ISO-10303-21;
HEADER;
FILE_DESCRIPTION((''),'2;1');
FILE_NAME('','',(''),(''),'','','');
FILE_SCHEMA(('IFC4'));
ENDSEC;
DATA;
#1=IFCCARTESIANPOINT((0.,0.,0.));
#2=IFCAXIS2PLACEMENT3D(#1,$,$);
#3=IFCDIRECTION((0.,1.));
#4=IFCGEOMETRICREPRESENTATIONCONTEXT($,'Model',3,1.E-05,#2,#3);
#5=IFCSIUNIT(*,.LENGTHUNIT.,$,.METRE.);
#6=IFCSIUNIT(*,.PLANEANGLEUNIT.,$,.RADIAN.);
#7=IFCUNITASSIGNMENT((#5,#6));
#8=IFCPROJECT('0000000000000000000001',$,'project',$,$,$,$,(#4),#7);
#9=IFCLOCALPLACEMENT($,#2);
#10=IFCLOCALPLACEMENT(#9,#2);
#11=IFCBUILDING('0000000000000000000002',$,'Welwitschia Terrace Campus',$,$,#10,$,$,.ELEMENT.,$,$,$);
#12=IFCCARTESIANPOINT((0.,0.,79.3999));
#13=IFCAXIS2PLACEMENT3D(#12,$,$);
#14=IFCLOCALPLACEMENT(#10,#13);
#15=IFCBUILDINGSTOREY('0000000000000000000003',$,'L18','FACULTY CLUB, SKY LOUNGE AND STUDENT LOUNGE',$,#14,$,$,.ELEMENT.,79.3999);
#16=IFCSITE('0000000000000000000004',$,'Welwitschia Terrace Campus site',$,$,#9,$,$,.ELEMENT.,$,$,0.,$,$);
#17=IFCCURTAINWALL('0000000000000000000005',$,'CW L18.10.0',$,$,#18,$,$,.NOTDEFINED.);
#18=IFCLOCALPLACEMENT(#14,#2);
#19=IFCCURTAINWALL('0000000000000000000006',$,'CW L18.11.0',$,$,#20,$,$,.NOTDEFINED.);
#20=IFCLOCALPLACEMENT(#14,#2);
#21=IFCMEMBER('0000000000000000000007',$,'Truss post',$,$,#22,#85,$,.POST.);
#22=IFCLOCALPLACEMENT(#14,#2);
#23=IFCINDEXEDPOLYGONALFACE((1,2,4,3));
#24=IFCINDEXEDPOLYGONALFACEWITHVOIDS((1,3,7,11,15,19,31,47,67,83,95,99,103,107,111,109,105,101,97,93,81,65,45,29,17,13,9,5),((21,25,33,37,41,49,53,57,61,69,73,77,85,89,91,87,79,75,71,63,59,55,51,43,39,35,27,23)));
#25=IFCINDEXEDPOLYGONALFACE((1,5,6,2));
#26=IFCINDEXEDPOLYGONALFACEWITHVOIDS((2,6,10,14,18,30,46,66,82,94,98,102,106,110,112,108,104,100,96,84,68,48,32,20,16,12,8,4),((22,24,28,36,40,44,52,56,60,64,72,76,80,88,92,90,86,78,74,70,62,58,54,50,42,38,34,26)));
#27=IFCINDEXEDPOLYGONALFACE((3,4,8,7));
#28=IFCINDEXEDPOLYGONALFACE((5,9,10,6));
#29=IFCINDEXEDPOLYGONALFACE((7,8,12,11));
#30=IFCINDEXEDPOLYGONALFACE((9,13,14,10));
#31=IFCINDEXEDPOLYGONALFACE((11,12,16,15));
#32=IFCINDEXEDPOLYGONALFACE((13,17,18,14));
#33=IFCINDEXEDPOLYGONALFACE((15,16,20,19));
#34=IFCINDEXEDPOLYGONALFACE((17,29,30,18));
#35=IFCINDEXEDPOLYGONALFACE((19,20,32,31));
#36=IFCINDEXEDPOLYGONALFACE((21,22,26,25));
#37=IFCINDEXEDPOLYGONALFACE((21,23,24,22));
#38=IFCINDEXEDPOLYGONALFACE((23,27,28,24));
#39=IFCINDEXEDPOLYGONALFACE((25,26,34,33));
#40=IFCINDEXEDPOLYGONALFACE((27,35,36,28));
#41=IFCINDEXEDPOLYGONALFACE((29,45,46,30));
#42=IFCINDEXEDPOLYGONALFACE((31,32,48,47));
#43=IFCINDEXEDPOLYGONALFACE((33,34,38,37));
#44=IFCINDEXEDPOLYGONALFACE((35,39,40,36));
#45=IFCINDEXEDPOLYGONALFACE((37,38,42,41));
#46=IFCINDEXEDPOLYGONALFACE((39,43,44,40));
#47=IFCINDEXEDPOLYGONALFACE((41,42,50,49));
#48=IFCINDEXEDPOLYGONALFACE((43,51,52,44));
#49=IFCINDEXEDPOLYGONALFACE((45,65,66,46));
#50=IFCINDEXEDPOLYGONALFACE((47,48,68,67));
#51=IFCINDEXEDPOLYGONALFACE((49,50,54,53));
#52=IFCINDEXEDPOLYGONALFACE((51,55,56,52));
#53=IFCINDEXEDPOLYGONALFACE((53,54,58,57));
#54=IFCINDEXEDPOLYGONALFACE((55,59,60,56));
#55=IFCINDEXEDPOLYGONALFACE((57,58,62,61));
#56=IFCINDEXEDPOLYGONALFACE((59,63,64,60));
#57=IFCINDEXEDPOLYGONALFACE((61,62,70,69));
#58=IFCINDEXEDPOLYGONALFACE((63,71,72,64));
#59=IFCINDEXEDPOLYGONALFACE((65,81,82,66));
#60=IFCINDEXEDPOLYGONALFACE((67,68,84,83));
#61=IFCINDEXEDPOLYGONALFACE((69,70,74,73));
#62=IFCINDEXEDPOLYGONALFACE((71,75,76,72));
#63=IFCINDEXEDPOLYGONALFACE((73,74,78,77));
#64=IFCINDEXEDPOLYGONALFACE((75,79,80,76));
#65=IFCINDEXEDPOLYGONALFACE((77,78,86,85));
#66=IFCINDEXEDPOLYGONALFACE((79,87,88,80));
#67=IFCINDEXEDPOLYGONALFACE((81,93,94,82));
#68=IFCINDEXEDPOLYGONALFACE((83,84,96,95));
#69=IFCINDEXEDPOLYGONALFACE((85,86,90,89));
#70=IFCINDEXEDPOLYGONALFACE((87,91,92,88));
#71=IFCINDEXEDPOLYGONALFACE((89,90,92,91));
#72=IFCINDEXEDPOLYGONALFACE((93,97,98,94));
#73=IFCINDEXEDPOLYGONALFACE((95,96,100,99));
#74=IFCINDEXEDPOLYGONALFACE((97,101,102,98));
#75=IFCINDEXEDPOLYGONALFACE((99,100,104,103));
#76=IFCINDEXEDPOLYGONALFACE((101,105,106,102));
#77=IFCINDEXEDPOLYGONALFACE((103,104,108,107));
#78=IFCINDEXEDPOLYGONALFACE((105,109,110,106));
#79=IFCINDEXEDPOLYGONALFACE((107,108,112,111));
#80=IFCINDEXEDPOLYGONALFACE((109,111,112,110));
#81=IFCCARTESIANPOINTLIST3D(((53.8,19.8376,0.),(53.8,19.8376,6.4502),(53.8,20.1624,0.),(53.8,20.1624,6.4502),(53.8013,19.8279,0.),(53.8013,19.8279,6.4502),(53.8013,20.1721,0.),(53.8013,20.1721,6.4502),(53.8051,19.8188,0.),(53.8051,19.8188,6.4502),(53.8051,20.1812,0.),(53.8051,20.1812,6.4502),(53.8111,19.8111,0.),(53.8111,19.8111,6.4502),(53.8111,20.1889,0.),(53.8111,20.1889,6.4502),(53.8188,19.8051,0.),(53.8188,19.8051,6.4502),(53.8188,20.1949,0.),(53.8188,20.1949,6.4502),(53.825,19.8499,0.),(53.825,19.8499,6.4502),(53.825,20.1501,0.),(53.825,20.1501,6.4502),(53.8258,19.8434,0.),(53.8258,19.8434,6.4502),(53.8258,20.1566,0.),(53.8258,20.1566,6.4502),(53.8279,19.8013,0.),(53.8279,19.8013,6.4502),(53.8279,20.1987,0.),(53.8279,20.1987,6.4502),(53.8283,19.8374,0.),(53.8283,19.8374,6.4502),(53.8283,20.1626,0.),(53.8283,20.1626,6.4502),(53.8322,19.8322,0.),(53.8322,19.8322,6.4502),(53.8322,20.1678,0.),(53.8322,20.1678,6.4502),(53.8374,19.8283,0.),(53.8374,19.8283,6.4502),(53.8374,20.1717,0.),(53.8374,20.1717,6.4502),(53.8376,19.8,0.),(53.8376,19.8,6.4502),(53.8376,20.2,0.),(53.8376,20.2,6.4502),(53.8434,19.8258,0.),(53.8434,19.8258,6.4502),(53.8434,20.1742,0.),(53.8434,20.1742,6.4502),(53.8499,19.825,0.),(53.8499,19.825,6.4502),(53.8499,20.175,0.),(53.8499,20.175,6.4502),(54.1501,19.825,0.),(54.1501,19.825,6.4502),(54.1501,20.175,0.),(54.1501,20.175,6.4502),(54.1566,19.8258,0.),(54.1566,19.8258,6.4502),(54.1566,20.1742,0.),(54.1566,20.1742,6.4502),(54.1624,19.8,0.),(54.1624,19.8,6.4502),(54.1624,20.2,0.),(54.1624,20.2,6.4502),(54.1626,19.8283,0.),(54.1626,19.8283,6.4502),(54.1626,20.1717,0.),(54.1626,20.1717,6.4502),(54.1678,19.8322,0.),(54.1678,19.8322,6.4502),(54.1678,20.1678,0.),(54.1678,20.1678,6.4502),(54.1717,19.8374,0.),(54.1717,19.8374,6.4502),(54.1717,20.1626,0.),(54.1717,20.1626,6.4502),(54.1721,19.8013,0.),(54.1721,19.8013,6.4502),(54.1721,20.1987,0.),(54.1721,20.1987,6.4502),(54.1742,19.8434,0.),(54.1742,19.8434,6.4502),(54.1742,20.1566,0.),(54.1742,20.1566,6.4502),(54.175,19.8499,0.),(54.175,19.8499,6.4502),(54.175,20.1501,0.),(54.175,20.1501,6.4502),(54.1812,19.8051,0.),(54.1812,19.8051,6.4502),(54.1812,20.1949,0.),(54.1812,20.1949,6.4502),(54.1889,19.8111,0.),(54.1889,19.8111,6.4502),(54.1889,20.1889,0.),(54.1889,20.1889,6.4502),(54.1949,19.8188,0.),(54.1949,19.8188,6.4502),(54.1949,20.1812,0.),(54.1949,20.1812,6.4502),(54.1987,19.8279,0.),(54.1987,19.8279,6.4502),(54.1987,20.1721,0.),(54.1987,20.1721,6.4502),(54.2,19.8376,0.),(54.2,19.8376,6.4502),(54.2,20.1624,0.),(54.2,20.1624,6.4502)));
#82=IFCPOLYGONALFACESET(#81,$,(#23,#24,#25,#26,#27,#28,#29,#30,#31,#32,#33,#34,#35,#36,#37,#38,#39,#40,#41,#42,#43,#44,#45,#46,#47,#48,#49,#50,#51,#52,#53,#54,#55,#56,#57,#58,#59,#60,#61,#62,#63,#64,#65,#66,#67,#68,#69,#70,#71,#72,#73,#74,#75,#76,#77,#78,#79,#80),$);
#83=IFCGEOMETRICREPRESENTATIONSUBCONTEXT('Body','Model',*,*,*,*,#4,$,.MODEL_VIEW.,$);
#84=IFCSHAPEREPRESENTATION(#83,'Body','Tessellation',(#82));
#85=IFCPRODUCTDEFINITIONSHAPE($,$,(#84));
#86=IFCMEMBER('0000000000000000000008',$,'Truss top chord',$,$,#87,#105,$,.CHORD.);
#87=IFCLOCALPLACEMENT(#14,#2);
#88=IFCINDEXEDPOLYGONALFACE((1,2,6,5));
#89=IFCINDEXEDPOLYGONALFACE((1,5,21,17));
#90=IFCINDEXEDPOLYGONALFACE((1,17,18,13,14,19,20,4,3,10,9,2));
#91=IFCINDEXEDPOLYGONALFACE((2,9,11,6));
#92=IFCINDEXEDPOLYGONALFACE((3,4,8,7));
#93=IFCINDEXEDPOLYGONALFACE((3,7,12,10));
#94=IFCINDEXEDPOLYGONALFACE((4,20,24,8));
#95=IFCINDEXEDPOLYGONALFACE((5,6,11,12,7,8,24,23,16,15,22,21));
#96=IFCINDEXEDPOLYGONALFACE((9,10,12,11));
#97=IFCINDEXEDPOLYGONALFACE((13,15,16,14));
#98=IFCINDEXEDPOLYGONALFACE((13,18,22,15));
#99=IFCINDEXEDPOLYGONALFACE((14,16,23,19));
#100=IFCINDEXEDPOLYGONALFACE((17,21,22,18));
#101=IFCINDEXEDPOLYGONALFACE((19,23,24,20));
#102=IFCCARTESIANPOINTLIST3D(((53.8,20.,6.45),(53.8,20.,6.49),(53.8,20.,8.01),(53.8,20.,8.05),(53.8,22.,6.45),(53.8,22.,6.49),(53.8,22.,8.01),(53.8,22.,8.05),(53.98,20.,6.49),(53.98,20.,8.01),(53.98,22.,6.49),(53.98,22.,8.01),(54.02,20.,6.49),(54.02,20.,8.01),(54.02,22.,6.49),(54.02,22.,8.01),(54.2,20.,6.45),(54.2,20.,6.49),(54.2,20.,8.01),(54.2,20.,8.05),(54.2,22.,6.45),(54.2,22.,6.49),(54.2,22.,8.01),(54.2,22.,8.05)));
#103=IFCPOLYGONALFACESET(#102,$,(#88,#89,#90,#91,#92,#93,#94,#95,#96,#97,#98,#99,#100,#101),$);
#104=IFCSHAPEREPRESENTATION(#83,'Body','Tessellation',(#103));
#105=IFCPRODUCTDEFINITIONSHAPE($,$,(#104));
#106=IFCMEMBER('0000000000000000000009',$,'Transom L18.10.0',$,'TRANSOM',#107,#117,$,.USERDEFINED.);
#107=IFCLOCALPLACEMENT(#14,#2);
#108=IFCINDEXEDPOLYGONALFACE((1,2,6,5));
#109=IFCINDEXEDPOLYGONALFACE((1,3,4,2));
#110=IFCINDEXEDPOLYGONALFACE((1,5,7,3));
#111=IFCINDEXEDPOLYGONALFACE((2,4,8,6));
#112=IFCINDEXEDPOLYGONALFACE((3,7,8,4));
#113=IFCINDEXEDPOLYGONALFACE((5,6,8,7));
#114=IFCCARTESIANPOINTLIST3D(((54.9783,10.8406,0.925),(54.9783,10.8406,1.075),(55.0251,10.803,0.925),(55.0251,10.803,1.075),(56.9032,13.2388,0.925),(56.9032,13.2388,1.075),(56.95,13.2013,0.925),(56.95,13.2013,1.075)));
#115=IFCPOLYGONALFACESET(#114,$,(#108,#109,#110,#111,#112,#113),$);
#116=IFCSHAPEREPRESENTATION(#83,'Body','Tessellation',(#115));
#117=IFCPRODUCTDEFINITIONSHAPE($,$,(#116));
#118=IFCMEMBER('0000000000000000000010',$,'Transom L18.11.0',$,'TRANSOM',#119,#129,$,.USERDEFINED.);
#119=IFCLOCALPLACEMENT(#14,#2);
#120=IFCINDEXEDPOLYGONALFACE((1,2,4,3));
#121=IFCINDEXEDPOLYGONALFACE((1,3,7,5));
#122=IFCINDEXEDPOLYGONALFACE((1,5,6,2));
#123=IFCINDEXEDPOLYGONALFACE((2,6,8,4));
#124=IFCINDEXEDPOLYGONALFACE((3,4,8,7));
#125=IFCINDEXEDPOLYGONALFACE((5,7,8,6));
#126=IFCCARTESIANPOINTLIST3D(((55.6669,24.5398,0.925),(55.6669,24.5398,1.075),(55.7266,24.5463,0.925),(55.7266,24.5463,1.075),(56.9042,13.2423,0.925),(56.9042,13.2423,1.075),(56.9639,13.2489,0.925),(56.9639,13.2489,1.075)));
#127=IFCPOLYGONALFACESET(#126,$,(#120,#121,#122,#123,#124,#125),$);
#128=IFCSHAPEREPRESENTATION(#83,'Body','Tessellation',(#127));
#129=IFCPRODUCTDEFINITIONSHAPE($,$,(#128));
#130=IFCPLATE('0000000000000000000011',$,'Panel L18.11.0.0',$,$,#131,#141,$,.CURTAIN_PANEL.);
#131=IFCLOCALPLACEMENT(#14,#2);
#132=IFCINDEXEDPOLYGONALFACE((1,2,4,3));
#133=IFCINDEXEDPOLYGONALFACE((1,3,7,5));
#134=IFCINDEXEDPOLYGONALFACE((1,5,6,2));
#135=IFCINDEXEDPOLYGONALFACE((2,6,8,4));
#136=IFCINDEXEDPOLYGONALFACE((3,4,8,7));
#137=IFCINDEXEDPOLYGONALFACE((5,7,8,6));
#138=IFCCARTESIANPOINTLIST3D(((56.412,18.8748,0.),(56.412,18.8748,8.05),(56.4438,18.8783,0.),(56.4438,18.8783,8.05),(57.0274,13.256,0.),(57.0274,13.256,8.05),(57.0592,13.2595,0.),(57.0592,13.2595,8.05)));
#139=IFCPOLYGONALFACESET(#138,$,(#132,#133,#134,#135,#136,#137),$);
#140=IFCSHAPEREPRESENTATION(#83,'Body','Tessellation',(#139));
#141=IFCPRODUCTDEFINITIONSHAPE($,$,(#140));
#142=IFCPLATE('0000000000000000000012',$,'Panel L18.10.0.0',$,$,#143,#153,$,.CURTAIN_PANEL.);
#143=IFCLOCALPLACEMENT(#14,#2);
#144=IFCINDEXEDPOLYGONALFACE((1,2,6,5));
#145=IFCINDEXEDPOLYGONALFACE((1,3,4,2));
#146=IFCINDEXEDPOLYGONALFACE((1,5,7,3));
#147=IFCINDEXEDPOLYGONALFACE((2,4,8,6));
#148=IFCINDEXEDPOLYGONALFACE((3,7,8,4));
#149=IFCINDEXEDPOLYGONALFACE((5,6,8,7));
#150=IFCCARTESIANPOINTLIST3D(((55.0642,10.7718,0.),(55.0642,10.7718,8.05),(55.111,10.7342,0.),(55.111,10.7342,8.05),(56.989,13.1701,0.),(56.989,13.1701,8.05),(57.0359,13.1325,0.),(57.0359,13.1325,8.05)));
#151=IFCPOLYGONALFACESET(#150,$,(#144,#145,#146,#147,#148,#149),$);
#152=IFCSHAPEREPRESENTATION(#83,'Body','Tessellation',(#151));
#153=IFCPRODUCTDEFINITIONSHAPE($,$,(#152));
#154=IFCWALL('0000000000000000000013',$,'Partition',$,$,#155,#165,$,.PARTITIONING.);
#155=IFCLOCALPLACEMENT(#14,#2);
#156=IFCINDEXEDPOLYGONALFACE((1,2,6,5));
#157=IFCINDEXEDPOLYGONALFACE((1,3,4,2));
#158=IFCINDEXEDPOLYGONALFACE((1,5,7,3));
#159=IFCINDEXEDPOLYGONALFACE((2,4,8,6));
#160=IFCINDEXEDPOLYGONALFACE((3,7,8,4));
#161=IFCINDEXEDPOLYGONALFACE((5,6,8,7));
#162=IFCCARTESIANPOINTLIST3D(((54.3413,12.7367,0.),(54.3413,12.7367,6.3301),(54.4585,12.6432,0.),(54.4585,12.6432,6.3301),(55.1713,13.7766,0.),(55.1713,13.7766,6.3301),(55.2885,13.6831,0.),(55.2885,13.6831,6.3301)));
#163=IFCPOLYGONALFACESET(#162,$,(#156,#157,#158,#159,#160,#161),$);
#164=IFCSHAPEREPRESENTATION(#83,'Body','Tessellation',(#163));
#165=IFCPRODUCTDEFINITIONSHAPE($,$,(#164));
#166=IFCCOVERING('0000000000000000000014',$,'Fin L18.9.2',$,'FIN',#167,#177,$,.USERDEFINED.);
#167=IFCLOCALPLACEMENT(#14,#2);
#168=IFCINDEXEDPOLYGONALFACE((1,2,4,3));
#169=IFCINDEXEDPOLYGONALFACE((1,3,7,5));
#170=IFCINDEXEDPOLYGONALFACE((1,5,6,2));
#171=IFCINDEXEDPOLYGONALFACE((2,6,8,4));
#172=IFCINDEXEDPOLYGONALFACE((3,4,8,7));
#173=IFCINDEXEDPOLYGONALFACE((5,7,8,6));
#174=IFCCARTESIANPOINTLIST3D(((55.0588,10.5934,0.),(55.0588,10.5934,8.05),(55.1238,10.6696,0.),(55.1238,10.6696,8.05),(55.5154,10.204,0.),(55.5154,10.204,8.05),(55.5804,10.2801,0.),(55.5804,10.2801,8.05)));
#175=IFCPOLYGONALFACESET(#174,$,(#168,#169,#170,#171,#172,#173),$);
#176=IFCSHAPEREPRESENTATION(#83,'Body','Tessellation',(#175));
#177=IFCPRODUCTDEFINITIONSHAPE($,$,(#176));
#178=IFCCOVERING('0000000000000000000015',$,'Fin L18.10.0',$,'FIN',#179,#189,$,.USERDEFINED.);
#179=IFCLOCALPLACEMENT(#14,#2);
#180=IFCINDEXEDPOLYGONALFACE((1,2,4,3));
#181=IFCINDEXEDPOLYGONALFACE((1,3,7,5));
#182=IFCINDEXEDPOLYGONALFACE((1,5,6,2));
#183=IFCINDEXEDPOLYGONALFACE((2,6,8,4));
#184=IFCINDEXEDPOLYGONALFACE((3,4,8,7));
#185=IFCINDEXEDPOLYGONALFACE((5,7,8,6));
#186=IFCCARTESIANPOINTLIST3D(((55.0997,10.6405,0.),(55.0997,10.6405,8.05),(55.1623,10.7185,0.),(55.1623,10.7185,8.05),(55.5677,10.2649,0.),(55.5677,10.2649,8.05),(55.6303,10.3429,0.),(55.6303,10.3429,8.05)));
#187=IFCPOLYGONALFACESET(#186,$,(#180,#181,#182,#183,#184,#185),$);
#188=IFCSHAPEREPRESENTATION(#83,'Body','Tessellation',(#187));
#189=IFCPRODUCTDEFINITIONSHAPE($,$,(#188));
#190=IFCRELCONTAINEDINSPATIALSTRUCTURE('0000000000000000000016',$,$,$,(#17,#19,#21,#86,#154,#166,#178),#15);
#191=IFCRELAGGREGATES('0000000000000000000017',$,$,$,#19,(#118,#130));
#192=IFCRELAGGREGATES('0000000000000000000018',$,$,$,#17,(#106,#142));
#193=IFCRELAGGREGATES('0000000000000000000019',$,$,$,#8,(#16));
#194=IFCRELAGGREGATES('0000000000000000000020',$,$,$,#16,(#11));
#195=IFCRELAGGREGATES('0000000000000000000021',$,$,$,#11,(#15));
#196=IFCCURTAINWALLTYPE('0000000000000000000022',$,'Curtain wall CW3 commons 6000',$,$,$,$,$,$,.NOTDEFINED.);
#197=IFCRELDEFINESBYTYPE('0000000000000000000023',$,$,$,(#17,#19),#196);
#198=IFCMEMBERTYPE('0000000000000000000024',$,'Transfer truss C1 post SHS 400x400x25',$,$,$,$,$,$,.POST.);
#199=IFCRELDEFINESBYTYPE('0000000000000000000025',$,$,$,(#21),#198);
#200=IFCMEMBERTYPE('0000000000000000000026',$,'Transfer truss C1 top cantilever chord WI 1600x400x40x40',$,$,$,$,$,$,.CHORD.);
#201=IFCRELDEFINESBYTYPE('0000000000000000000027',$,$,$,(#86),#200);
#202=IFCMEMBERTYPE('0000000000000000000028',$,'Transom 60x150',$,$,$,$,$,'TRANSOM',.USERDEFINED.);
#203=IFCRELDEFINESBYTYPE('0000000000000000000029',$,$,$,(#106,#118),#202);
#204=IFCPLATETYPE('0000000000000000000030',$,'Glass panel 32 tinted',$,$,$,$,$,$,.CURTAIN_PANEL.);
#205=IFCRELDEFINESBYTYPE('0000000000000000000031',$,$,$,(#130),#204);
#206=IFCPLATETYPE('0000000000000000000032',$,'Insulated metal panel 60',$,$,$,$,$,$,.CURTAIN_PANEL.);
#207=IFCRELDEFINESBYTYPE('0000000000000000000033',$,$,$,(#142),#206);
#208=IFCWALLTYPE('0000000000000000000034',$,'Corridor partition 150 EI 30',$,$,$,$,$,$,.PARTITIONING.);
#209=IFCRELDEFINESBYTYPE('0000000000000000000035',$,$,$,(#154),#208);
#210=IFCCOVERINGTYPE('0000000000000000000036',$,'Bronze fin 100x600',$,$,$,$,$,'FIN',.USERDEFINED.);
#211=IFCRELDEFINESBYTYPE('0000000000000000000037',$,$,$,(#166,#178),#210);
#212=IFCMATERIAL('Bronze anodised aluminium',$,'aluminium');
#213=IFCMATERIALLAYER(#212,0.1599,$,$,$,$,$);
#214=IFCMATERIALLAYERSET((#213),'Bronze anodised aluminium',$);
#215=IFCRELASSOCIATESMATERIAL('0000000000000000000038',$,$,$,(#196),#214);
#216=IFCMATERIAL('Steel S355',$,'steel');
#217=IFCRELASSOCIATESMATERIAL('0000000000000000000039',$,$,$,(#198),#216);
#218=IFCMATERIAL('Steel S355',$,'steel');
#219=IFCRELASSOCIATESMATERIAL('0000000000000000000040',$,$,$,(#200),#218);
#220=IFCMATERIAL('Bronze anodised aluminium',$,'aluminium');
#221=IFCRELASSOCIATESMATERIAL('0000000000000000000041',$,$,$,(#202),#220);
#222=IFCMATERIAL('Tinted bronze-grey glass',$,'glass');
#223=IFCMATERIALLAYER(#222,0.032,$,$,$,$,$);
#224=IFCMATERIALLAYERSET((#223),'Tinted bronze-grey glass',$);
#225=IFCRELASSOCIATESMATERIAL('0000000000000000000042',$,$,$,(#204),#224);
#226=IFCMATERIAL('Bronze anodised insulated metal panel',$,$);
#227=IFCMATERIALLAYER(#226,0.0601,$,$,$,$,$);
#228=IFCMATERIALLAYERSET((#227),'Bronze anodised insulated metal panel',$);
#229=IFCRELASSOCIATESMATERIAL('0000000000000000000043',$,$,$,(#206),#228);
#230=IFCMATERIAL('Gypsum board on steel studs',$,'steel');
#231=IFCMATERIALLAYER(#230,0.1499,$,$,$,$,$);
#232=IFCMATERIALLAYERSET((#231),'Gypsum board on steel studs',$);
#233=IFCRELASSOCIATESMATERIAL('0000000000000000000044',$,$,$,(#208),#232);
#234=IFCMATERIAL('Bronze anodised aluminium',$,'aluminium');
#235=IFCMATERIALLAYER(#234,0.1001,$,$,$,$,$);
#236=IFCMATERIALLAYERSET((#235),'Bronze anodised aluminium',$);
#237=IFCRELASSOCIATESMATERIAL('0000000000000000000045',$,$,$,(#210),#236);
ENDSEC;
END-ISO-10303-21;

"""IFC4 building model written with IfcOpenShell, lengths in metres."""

from ifc_helpers import new_model, si_unit, direction, frame, frame_2d, origin, origin_2d, place, context, subcontext, project, spatial, rectangle, hollow_rectangle, i_section, extrude, material, layer, layer_set, material_profile, profile_set, type_object, element, aggregate, save


model = new_model("IFC4")

# Units and contexts
model_context = context("Model", 3, precision=1e-05, world=origin(), true_north=direction((0.0, 1.0)))
body_context = subcontext(model_context, "Body", "Model", "MODEL_VIEW")
ifc_project = project(units=[si_unit("LENGTHUNIT", "METRE"), si_unit("PLANEANGLEUNIT", "RADIAN")], contexts=[model_context])

# Site, building, storey
site_placement = place(None, origin())
site = spatial("IfcSite", under=ifc_project, at=site_placement, Name="Welwitschia Terrace Campus site", CompositionType="ELEMENT", RefElevation=0.0)
building_placement = place(site_placement, origin())
building = spatial("IfcBuilding", under=site, at=building_placement, Name="Welwitschia Terrace Campus", CompositionType="ELEMENT")
storey_placement = place(building_placement, frame((0.0, 0.0, 79.3999)))
storey = spatial("IfcBuildingStorey", under=building, at=storey_placement, Name="L18", Description="FACULTY CLUB, SKY LOUNGE AND STUDENT LOUNGE", CompositionType="ELEMENT", Elevation=79.3999)

# Shared definitions
ifc_material_1 = material(Name="Bronze anodised aluminium", Category="aluminium")
ifc_layer_1 = layer(ifc_material_1, 0.1599)
ifc_layer_set_1 = layer_set([ifc_layer_1], Name="Bronze anodised aluminium")
curtain_wall_type = type_object("IfcCurtainWallType", Name="Curtain wall CW3 commons 6000", PredefinedType="NOTDEFINED", material=ifc_layer_set_1)

# Curtain walls
curtain_wall_1_placement = place(storey_placement, origin())
curtain_wall_1 = element("IfcCurtainWall", 1, at=curtain_wall_1_placement, inside=storey, type_object=curtain_wall_type, Name="CW L18.10.0", PredefinedType="NOTDEFINED")
curtain_wall_2_placement = place(storey_placement, origin())
curtain_wall_2 = element("IfcCurtainWall", 2, at=curtain_wall_2_placement, inside=storey, type_object=curtain_wall_type, Name="CW L18.11.0", PredefinedType="NOTDEFINED")

# Members
ifc_material_2 = material(Name="Steel S355", Category="steel")
ifc_material_profile_1 = material_profile(ifc_material_2, hollow_rectangle(XDim=0.3999, YDim=0.3999, WallThickness=0.0249, InnerFilletRadius=0.0249, OuterFilletRadius=0.0376, at=origin_2d()))
ifc_profile_set_1 = profile_set([ifc_material_profile_1], Name="Steel S355")
member_type_1 = type_object("IfcMemberType", Name="Transfer truss C1 post SHS 400x400x25", PredefinedType="POST", material=ifc_profile_set_1)
for number, where, z_axis, x_axis, name in (
    (3, (54.0, 20.0, 0.0), (0.0, 0.0, 1.0), (1.0, 0.0, 0.0), "Truss post"),
):
    element("IfcMember", number, at=place(storey_placement, frame(where, z_axis=z_axis, x_axis=x_axis)), inside=storey, type_object=member_type_1, Name=name, PredefinedType="POST", context=body_context, shape_type="SweptSolid", body=[
        extrude(hollow_rectangle(XDim=0.3999, YDim=0.3999, WallThickness=0.0249, InnerFilletRadius=0.0249, OuterFilletRadius=0.0376, at=origin_2d()), origin(), (0.0, 0.0, 1.0), 6.4502),
    ])
ifc_material_3 = material(Name="Steel S355", Category="steel")
ifc_material_profile_2 = material_profile(ifc_material_3, i_section(OverallWidth=0.3999, OverallDepth=1.6001, WebThickness=0.04, FlangeThickness=0.04, at=origin_2d()))
ifc_profile_set_2 = profile_set([ifc_material_profile_2], Name="Steel S355")
member_type_2 = type_object("IfcMemberType", Name="Transfer truss C1 top cantilever chord WI 1600x400x40x40", PredefinedType="CHORD", material=ifc_profile_set_2)
member_1_placement = place(storey_placement, frame((54.0, 20.0, 7.25), z_axis=(0.0, 1.0, 0.0), x_axis=(-1.0, 0.0, 0.0)))
element("IfcMember", 4, at=member_1_placement, inside=storey, type_object=member_type_2, Name="Truss top chord", PredefinedType="CHORD", context=body_context, shape_type="SweptSolid", body=[
    extrude(i_section(OverallWidth=0.3999, OverallDepth=1.6001, WebThickness=0.04, FlangeThickness=0.04, at=origin_2d()), origin(), (0.0, 0.0, 1.0), 2.0),
])

# Members
ifc_material_4 = material(Name="Bronze anodised aluminium", Category="aluminium")
ifc_material_profile_3 = material_profile(ifc_material_4, rectangle(XDim=0.0601, YDim=0.1499, at=origin_2d()))
ifc_profile_set_3 = profile_set([ifc_material_profile_3], Name="Bronze anodised aluminium")
member_type_3 = type_object("IfcMemberType", Name="Transom 60x150", ElementType="TRANSOM", PredefinedType="USERDEFINED", material=ifc_profile_set_3)
member_2_placement = place(storey_placement, frame((55.0017, 10.8218, 1.0), z_axis=(0.625934, 0.779876, 0.0), x_axis=(-0.779876, 0.625934, 0.0)))
member_2 = element("IfcMember", 5, at=member_2_placement, type_object=member_type_3, Name="Transom L18.10.0", ObjectType="TRANSOM", PredefinedType="USERDEFINED", context=body_context, shape_type="SweptSolid", body=[
    extrude(rectangle(XDim=0.0601, YDim=0.1499, at=origin_2d()), origin(), (0.0, 0.0, 1.0), 3.0752),
])
member_3_placement = place(storey_placement, frame((56.9341, 13.2456, 1.0), z_axis=(-0.108871, 0.994056, 0.0), x_axis=(-0.994056, -0.108871, 0.0)))
member_3 = element("IfcMember", 6, at=member_3_placement, type_object=member_type_3, Name="Transom L18.11.0", ObjectType="TRANSOM", PredefinedType="USERDEFINED", context=body_context, shape_type="SweptSolid", body=[
    extrude(rectangle(XDim=0.0601, YDim=0.1499, at=origin_2d()), origin(), (0.0, 0.0, 1.0), 11.365),
])

# Plates
ifc_material_5 = material(Name="Tinted bronze-grey glass", Category="glass")
ifc_layer_2 = layer(ifc_material_5, 0.032)
ifc_layer_set_2 = layer_set([ifc_layer_2], Name="Tinted bronze-grey glass")
plate_type_1 = type_object("IfcPlateType", Name="Glass panel 32 tinted", PredefinedType="CURTAIN_PANEL", material=ifc_layer_set_2)
plate_1_placement = place(storey_placement, frame((56.7356, 16.0671, 0.0), z_axis=(0.0, 0.0, 1.0), x_axis=(-0.108867, 0.994056, 0.0)))
plate_1 = element("IfcPlate", 7, at=plate_1_placement, type_object=plate_type_1, Name="Panel L18.11.0.0", PredefinedType="CURTAIN_PANEL", context=body_context, shape_type="SweptSolid", body=[
    extrude(rectangle(XDim=5.6523, YDim=0.032, at=origin_2d()), origin(), (0.0, 0.0, 1.0), 8.05),
])
aggregate(curtain_wall_2, [member_3, plate_1])
ifc_material_6 = material(Name="Bronze anodised insulated metal panel")
ifc_layer_3 = layer(ifc_material_6, 0.0601)
ifc_layer_set_3 = layer_set([ifc_layer_3], Name="Bronze anodised insulated metal panel")
plate_type_2 = type_object("IfcPlateType", Name="Insulated metal panel 60", PredefinedType="CURTAIN_PANEL", material=ifc_layer_set_3)
plate_2_placement = place(storey_placement, frame((56.05, 11.9521, 0.0), z_axis=(0.0, 0.0, 1.0), x_axis=(0.625923, 0.779884, 0.0)))
plate_2 = element("IfcPlate", 8, at=plate_2_placement, type_object=plate_type_2, Name="Panel L18.10.0.0", PredefinedType="CURTAIN_PANEL", context=body_context, shape_type="SweptSolid", body=[
    extrude(rectangle(XDim=3.0752, YDim=0.0601, at=origin_2d()), origin(), (0.0, 0.0, 1.0), 8.05),
])
aggregate(curtain_wall_1, [member_2, plate_2])

# Wall
ifc_material_7 = material(Name="Gypsum board on steel studs", Category="steel")
ifc_layer_4 = layer(ifc_material_7, 0.1499)
ifc_layer_set_4 = layer_set([ifc_layer_4], Name="Gypsum board on steel studs")
wall_type = type_object("IfcWallType", Name="Corridor partition 150 EI 30", PredefinedType="PARTITIONING", material=ifc_layer_set_4)
wall_placement = place(storey_placement, frame((54.3999, 12.6899, 0.0), z_axis=(0.0, 0.0, 1.0), x_axis=(0.6238, 0.781584, 0.0)))
element("IfcWall", 9, at=wall_placement, inside=storey, type_object=wall_type, Name="Partition", PredefinedType="PARTITIONING", context=body_context, shape_type="SweptSolid", body=[
    extrude(rectangle(XDim=1.3306, YDim=0.1499, at=frame_2d((0.6653, 0.0))), origin(), (0.0, 0.0, 1.0), 6.3301),
])

# Coverings
ifc_material_8 = material(Name="Bronze anodised aluminium", Category="aluminium")
ifc_layer_5 = layer(ifc_material_8, 0.1001)
ifc_layer_set_5 = layer_set([ifc_layer_5], Name="Bronze anodised aluminium")
covering_type = type_object("IfcCoveringType", Name="Bronze fin 100x600", ElementType="FIN", PredefinedType="USERDEFINED", material=ifc_layer_set_5)
for number, where, z_axis, x_axis, name in (
    (10, (55.3196, 10.4368, 0.0), (0.0, 0.0, 1.0), (0.64892, 0.760856, 0.0), "Fin L18.9.2"),
    (11, (55.365, 10.4917, 0.0), (0.0, 0.0, 1.0), (0.625923, 0.779884, 0.0), "Fin L18.10.0"),
):
    element("IfcCovering", number, at=place(storey_placement, frame(where, z_axis=z_axis, x_axis=x_axis)), inside=storey, type_object=covering_type, Name=name, ObjectType="FIN", PredefinedType="USERDEFINED", context=body_context, shape_type="SweptSolid", body=[
        extrude(rectangle(XDim=0.1001, YDim=0.6001, at=origin_2d()), origin(), (0.0, 0.0, 1.0), 8.05),
    ])

save(model, "model.ifc")
